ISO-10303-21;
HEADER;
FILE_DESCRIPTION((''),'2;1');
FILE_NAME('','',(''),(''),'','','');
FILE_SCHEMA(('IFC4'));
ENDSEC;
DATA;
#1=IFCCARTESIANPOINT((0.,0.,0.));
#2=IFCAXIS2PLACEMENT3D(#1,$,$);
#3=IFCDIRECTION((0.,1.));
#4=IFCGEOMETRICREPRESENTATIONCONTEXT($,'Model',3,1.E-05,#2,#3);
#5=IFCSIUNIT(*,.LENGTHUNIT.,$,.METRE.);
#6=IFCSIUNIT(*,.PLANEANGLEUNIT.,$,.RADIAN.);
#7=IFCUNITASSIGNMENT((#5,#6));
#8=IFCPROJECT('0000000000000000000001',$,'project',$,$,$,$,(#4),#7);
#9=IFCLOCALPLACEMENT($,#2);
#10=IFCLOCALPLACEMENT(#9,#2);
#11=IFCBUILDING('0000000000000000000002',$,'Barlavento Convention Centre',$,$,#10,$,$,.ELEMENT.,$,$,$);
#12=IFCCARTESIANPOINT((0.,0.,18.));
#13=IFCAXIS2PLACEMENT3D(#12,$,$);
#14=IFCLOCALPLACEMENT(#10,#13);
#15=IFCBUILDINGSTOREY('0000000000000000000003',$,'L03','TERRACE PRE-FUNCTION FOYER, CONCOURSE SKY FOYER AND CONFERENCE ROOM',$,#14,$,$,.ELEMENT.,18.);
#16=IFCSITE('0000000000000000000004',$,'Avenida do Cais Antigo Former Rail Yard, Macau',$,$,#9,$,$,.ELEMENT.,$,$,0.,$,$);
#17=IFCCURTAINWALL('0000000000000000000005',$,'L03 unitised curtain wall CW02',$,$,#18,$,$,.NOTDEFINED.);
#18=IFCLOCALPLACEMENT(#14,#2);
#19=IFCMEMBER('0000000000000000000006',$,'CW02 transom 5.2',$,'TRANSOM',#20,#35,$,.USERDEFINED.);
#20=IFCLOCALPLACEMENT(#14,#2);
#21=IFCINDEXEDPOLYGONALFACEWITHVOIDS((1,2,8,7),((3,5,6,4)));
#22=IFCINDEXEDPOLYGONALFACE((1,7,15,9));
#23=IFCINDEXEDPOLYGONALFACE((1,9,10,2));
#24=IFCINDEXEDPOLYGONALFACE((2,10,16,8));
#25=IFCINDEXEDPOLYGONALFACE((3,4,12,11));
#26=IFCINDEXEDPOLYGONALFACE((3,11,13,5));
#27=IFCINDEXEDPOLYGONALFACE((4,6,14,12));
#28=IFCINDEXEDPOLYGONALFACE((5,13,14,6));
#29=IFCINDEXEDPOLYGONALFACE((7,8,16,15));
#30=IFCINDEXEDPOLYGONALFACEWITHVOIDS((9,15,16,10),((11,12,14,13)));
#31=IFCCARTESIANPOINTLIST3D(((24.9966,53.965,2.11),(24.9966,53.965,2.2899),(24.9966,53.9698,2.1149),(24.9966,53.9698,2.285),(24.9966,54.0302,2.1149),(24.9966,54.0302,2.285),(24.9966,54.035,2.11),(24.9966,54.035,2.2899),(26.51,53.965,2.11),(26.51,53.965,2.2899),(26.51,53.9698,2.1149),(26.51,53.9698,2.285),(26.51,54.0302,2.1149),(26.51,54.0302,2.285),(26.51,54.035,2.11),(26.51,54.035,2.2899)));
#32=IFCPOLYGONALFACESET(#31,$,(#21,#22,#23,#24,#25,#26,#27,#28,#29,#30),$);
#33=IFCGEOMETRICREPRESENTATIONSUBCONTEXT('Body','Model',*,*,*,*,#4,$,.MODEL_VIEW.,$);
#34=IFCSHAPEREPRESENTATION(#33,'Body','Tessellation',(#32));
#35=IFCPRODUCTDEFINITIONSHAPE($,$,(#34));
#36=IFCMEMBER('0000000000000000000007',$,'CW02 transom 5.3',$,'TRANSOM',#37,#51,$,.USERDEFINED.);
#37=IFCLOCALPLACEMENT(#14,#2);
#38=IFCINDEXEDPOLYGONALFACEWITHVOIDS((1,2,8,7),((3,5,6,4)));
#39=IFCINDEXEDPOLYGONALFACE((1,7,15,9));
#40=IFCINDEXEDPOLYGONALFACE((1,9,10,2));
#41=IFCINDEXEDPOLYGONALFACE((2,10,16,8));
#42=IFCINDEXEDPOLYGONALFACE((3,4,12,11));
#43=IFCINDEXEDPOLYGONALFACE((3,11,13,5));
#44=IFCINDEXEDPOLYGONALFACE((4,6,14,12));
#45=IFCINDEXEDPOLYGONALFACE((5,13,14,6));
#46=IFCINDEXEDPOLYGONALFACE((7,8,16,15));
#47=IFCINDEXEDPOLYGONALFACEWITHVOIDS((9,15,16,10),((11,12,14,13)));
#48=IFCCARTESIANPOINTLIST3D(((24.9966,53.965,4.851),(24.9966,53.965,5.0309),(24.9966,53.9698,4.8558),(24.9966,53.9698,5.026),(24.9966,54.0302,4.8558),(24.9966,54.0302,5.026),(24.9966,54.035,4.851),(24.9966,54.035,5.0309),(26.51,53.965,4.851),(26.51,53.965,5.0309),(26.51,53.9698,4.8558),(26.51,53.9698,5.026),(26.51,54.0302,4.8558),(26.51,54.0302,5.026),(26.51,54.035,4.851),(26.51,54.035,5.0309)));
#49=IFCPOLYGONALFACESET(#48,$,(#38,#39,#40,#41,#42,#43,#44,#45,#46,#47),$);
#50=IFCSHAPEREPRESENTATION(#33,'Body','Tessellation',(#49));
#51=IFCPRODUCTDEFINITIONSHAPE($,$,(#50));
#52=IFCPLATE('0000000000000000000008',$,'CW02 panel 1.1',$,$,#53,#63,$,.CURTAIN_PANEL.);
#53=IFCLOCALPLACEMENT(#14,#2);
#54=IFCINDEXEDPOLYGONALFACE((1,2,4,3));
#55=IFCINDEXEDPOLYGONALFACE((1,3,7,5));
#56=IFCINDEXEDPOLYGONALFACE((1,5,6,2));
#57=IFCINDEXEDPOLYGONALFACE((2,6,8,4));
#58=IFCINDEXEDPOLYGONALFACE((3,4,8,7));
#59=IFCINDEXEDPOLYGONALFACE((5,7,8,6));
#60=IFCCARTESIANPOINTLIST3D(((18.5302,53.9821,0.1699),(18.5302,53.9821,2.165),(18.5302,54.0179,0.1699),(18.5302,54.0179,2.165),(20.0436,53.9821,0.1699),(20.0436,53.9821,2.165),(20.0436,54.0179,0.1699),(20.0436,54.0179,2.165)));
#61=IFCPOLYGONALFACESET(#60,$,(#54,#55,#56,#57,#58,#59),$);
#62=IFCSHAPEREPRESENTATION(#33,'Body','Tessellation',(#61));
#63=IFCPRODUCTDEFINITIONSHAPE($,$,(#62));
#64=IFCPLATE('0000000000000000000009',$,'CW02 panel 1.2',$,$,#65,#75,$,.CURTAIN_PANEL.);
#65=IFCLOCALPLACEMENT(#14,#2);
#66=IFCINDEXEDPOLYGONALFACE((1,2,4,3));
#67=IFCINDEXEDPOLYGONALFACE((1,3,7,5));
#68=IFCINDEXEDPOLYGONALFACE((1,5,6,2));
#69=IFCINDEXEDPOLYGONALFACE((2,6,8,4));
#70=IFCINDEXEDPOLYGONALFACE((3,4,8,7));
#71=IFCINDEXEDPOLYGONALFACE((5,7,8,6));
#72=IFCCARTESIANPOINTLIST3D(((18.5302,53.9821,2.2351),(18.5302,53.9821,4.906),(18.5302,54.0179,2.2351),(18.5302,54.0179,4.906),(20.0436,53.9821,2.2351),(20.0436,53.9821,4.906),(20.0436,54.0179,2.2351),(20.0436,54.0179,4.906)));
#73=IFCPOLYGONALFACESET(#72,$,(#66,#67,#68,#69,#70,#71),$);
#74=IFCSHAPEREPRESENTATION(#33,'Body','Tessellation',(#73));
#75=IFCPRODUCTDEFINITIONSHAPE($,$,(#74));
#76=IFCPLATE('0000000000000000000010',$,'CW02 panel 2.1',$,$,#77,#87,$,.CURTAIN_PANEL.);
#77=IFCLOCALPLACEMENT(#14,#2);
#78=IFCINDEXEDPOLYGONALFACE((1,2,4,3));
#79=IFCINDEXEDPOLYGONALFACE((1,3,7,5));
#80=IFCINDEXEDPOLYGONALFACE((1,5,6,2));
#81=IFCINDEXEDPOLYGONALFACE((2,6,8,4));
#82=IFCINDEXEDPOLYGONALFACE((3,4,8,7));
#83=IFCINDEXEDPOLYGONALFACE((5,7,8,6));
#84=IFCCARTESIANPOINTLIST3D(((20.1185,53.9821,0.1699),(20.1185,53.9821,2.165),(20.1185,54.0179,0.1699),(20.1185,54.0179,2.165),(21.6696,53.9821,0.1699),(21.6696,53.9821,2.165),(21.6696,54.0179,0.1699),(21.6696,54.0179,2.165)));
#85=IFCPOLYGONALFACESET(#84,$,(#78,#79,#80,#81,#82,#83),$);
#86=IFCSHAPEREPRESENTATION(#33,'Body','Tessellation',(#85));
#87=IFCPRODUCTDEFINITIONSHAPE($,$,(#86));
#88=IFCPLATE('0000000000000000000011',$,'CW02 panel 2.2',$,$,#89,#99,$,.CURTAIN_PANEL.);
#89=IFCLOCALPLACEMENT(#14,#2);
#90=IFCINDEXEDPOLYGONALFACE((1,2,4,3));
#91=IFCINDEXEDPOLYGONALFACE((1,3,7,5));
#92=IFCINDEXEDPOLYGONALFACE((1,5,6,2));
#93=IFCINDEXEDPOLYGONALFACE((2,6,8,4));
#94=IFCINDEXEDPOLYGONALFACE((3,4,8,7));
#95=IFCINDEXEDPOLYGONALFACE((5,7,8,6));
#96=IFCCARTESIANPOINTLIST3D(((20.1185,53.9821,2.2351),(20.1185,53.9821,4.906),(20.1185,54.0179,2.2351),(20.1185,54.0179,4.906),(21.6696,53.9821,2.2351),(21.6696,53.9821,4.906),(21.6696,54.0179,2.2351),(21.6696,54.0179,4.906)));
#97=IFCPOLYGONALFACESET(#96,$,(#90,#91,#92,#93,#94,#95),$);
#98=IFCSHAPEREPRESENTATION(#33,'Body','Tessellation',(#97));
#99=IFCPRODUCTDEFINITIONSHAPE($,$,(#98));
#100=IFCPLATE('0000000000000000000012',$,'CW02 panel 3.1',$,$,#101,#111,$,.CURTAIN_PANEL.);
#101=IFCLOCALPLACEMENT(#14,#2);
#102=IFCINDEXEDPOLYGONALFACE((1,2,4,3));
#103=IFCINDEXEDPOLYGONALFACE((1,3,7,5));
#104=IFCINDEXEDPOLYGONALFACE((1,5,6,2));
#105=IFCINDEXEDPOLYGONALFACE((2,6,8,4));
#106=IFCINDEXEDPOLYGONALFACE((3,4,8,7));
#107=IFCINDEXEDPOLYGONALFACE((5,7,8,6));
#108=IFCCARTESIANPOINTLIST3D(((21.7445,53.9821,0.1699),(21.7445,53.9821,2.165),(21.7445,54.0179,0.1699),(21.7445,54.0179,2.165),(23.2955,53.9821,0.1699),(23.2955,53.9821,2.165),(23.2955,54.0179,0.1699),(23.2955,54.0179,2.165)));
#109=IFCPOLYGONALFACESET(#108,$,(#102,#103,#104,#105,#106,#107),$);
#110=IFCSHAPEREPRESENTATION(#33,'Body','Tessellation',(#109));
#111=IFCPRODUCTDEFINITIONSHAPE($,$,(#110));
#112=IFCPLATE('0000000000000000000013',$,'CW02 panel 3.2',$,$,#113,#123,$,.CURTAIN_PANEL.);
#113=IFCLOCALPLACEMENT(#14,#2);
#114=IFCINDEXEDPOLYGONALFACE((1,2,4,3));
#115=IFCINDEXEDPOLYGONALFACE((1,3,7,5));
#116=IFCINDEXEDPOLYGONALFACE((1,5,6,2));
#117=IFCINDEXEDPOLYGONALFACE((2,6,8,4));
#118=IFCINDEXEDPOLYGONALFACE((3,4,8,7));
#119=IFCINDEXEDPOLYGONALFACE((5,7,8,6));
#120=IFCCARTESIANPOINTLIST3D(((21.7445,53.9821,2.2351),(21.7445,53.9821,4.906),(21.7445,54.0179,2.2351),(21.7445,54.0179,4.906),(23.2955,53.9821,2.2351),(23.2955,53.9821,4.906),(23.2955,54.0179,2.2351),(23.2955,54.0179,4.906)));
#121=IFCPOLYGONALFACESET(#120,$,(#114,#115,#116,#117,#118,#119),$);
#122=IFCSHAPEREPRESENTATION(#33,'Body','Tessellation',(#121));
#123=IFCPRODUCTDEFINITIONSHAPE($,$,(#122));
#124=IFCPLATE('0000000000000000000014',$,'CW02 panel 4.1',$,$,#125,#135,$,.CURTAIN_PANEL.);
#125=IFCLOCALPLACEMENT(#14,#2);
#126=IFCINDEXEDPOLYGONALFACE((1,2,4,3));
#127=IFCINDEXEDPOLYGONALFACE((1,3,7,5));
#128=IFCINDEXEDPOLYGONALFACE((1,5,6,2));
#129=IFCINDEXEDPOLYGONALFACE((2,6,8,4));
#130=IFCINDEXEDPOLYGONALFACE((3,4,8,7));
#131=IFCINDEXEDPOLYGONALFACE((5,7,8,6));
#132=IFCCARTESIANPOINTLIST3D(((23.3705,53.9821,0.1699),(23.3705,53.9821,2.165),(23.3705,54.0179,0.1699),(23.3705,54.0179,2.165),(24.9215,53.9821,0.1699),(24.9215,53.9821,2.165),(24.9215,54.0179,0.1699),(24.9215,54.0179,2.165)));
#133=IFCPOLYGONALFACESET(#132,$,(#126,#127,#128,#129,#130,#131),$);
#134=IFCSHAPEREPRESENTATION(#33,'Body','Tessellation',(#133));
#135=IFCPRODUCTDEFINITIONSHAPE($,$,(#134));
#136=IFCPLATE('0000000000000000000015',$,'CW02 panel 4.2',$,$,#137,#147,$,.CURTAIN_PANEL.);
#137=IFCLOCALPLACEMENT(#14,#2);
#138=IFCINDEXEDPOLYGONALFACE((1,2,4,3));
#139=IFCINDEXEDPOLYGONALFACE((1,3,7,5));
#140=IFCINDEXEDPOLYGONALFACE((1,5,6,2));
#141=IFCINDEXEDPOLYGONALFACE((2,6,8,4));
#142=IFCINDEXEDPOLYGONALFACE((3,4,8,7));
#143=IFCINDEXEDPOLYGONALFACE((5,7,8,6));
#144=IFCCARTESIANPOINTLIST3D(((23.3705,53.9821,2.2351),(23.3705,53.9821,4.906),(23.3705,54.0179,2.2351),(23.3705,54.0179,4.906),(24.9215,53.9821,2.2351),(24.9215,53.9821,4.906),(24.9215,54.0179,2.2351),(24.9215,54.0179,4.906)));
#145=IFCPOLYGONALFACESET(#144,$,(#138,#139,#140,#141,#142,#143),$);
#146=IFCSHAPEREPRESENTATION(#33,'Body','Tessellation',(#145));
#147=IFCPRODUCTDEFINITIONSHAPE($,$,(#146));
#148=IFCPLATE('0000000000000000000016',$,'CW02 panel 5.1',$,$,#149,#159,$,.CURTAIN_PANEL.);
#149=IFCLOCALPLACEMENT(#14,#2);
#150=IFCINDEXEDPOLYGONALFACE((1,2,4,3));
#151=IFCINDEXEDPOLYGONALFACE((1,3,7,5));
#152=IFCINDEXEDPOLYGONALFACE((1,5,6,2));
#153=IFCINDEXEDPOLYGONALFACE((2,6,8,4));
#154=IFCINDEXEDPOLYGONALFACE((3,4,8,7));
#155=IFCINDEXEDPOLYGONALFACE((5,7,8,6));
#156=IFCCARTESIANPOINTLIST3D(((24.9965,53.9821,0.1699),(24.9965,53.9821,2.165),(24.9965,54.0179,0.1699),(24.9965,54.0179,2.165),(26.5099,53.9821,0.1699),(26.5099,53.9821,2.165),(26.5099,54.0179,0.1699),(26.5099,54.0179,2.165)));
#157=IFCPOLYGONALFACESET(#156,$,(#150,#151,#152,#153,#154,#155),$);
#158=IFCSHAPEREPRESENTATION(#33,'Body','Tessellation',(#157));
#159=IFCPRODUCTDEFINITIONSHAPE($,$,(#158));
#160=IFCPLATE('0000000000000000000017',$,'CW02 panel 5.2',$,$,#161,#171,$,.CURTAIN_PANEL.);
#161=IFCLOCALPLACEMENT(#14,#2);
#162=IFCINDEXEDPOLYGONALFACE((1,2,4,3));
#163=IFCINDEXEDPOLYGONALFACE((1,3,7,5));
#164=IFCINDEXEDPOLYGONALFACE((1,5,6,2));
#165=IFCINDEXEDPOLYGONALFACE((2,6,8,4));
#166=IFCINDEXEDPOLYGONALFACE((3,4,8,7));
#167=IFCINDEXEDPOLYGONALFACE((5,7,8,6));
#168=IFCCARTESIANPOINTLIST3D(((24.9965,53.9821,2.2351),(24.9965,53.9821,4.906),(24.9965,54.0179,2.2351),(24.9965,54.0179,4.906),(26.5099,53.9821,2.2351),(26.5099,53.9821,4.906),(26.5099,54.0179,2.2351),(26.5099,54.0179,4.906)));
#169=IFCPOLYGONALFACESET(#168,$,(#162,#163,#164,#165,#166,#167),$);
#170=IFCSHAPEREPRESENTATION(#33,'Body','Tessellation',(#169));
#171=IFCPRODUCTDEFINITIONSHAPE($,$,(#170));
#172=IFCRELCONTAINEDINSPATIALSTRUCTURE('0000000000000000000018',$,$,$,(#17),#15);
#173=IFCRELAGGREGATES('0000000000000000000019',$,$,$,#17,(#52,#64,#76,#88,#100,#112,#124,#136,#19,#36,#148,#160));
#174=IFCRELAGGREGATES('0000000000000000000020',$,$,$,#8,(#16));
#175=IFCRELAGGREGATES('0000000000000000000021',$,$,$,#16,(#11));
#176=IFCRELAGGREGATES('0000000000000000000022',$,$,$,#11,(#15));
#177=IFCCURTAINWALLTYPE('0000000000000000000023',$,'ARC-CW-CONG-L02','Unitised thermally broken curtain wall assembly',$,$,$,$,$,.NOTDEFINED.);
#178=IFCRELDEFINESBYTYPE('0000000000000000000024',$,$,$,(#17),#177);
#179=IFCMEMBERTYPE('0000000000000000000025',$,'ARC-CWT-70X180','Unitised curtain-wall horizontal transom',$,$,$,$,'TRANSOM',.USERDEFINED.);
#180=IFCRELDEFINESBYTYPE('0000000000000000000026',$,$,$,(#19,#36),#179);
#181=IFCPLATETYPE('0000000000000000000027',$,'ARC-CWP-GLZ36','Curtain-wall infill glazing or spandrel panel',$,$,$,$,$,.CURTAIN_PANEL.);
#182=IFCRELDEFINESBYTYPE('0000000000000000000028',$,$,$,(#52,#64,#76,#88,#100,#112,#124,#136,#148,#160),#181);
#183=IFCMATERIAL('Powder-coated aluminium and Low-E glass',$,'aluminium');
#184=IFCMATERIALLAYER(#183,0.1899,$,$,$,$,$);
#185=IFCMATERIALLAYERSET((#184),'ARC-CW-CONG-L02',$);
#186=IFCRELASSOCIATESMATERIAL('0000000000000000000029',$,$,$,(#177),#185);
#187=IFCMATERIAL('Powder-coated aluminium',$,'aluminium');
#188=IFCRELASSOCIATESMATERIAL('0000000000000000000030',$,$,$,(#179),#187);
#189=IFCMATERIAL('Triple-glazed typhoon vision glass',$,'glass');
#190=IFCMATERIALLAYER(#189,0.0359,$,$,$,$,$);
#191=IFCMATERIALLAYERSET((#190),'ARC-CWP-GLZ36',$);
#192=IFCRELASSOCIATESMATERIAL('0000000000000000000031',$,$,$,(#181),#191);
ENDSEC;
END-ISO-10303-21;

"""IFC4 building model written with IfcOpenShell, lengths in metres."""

from ifc_helpers import new_model, si_unit, direction, frame, origin, origin_2d, place, context, subcontext, project, spatial, rectangle, hollow_rectangle, extrude, material, layer, layer_set, material_profile, profile_set, type_object, element, aggregate, save


model = new_model("IFC4")

# Units and contexts
model_context = context("Model", 3, precision=1e-05, world=origin(), true_north=direction((0.0, 1.0)))
body_context = subcontext(model_context, "Body", "Model", "MODEL_VIEW")
ifc_project = project(units=[si_unit("LENGTHUNIT", "METRE"), si_unit("PLANEANGLEUNIT", "RADIAN")], contexts=[model_context])

# Site, building, storey
site_placement = place(None, origin())
site = spatial("IfcSite", under=ifc_project, at=site_placement, Name="Avenida do Cais Antigo Former Rail Yard, Macau", CompositionType="ELEMENT", RefElevation=0.0)
building_placement = place(site_placement, origin())
building = spatial("IfcBuilding", under=site, at=building_placement, Name="Barlavento Convention Centre", CompositionType="ELEMENT")
storey_placement = place(building_placement, frame((0.0, 0.0, 18.0)))
storey = spatial("IfcBuildingStorey", under=building, at=storey_placement, Name="L03", Description="TERRACE PRE-FUNCTION FOYER, CONCOURSE SKY FOYER AND CONFERENCE ROOM", CompositionType="ELEMENT", Elevation=18.0)

# Curtain wall, members, plates
ifc_material_1 = material(Name="Powder-coated aluminium and Low-E glass", Category="aluminium")
ifc_layer_1 = layer(ifc_material_1, 0.1899)
ifc_layer_set_1 = layer_set([ifc_layer_1], Name="ARC-CW-CONG-L02")
curtain_wall_type = type_object("IfcCurtainWallType", Name="ARC-CW-CONG-L02", Description="Unitised thermally broken curtain wall assembly", PredefinedType="NOTDEFINED", material=ifc_layer_set_1)
curtain_wall_placement = place(storey_placement, origin())
curtain_wall = element("IfcCurtainWall", 1, at=curtain_wall_placement, inside=storey, type_object=curtain_wall_type, Name="L03 unitised curtain wall CW02", PredefinedType="NOTDEFINED")
ifc_material_2 = material(Name="Powder-coated aluminium", Category="aluminium")
ifc_material_profile_1 = material_profile(ifc_material_2, hollow_rectangle(XDim=0.0701, YDim=0.1799, WallThickness=0.0049, at=origin_2d()), Name="AL-TRAN 70x180x5")
ifc_profile_set_1 = profile_set([ifc_material_profile_1], Name="Powder-coated aluminium")
member_type_1 = type_object("IfcMemberType", Name="ARC-CWT-70X180", Description="Unitised curtain-wall horizontal transom", ElementType="TRANSOM", PredefinedType="USERDEFINED", material=ifc_profile_set_1)
member_1_placement = place(storey_placement, frame((24.9966, 54.0, 2.2), z_axis=(1.0, 0.0, 0.0), x_axis=(0.0, 1.0, 0.0)))
member_1 = element("IfcMember", 2, at=member_1_placement, type_object=member_type_1, Name="CW02 transom 5.2", ObjectType="TRANSOM", PredefinedType="USERDEFINED", context=body_context, shape_type="SweptSolid", body=[
    extrude(hollow_rectangle(XDim=0.0701, YDim=0.1799, WallThickness=0.0049, at=origin_2d()), origin(), (0.0, 0.0, 1.0), 1.5134),
])
member_2_placement = place(storey_placement, frame((24.9966, 54.0, 4.9409), z_axis=(1.0, 0.0, 0.0), x_axis=(0.0, 1.0, 0.0)))
member_2 = element("IfcMember", 3, at=member_2_placement, type_object=member_type_1, Name="CW02 transom 5.3", ObjectType="TRANSOM", PredefinedType="USERDEFINED", context=body_context, shape_type="SweptSolid", body=[
    extrude(hollow_rectangle(XDim=0.0701, YDim=0.1799, WallThickness=0.0049, at=origin_2d()), origin(), (0.0, 0.0, 1.0), 1.5134),
])
ifc_material_3 = material(Name="Triple-glazed typhoon vision glass", Category="glass")
ifc_layer_2 = layer(ifc_material_3, 0.0359)
ifc_layer_set_2 = layer_set([ifc_layer_2], Name="ARC-CWP-GLZ36")
plate_type = type_object("IfcPlateType", Name="ARC-CWP-GLZ36", Description="Curtain-wall infill glazing or spandrel panel", PredefinedType="CURTAIN_PANEL", material=ifc_layer_set_2)
plate_1_placement = place(storey_placement, frame((19.2869, 54.0, 0.1699), z_axis=(0.0, 0.0, 1.0), x_axis=(1.0, 0.0, 0.0)))
plate_1 = element("IfcPlate", 4, at=plate_1_placement, type_object=plate_type, Name="CW02 panel 1.1", PredefinedType="CURTAIN_PANEL", context=body_context, shape_type="SweptSolid", body=[
    extrude(rectangle(XDim=1.5134, YDim=0.0359, at=origin_2d()), origin(), (0.0, 0.0, 1.0), 1.9951),
])
plate_2_placement = place(storey_placement, frame((19.2869, 54.0, 2.2351), z_axis=(0.0, 0.0, 1.0), x_axis=(1.0, 0.0, 0.0)))
plate_2 = element("IfcPlate", 5, at=plate_2_placement, type_object=plate_type, Name="CW02 panel 1.2", PredefinedType="CURTAIN_PANEL", context=body_context, shape_type="SweptSolid", body=[
    extrude(rectangle(XDim=1.5134, YDim=0.0359, at=origin_2d()), origin(), (0.0, 0.0, 1.0), 2.6709),
])
plate_3_placement = place(storey_placement, frame((20.894, 54.0, 0.1699), z_axis=(0.0, 0.0, 1.0), x_axis=(1.0, 0.0, 0.0)))
plate_3 = element("IfcPlate", 6, at=plate_3_placement, type_object=plate_type, Name="CW02 panel 2.1", PredefinedType="CURTAIN_PANEL", context=body_context, shape_type="SweptSolid", body=[
    extrude(rectangle(XDim=1.551, YDim=0.0359, at=origin_2d()), origin(), (0.0, 0.0, 1.0), 1.9951),
])
plate_4_placement = place(storey_placement, frame((20.894, 54.0, 2.2351), z_axis=(0.0, 0.0, 1.0), x_axis=(1.0, 0.0, 0.0)))
plate_4 = element("IfcPlate", 7, at=plate_4_placement, type_object=plate_type, Name="CW02 panel 2.2", PredefinedType="CURTAIN_PANEL", context=body_context, shape_type="SweptSolid", body=[
    extrude(rectangle(XDim=1.551, YDim=0.0359, at=origin_2d()), origin(), (0.0, 0.0, 1.0), 2.6709),
])
plate_5_placement = place(storey_placement, frame((22.52, 54.0, 0.1699), z_axis=(0.0, 0.0, 1.0), x_axis=(1.0, 0.0, 0.0)))
plate_5 = element("IfcPlate", 8, at=plate_5_placement, type_object=plate_type, Name="CW02 panel 3.1", PredefinedType="CURTAIN_PANEL", context=body_context, shape_type="SweptSolid", body=[
    extrude(rectangle(XDim=1.551, YDim=0.0359, at=origin_2d()), origin(), (0.0, 0.0, 1.0), 1.9951),
])
plate_6_placement = place(storey_placement, frame((22.52, 54.0, 2.2351), z_axis=(0.0, 0.0, 1.0), x_axis=(1.0, 0.0, 0.0)))
plate_6 = element("IfcPlate", 9, at=plate_6_placement, type_object=plate_type, Name="CW02 panel 3.2", PredefinedType="CURTAIN_PANEL", context=body_context, shape_type="SweptSolid", body=[
    extrude(rectangle(XDim=1.551, YDim=0.0359, at=origin_2d()), origin(), (0.0, 0.0, 1.0), 2.6709),
])
plate_7_placement = place(storey_placement, frame((24.146, 54.0, 0.1699), z_axis=(0.0, 0.0, 1.0), x_axis=(1.0, 0.0, 0.0)))
plate_7 = element("IfcPlate", 10, at=plate_7_placement, type_object=plate_type, Name="CW02 panel 4.1", PredefinedType="CURTAIN_PANEL", context=body_context, shape_type="SweptSolid", body=[
    extrude(rectangle(XDim=1.551, YDim=0.0359, at=origin_2d()), origin(), (0.0, 0.0, 1.0), 1.9951),
])
plate_8_placement = place(storey_placement, frame((24.146, 54.0, 2.2351), z_axis=(0.0, 0.0, 1.0), x_axis=(1.0, 0.0, 0.0)))
plate_8 = element("IfcPlate", 11, at=plate_8_placement, type_object=plate_type, Name="CW02 panel 4.2", PredefinedType="CURTAIN_PANEL", context=body_context, shape_type="SweptSolid", body=[
    extrude(rectangle(XDim=1.551, YDim=0.0359, at=origin_2d()), origin(), (0.0, 0.0, 1.0), 2.6709),
])
plate_9_placement = place(storey_placement, frame((25.7532, 54.0, 0.1699), z_axis=(0.0, 0.0, 1.0), x_axis=(1.0, 0.0, 0.0)))
plate_9 = element("IfcPlate", 12, at=plate_9_placement, type_object=plate_type, Name="CW02 panel 5.1", PredefinedType="CURTAIN_PANEL", context=body_context, shape_type="SweptSolid", body=[
    extrude(rectangle(XDim=1.5134, YDim=0.0359, at=origin_2d()), origin(), (0.0, 0.0, 1.0), 1.9951),
])
plate_10_placement = place(storey_placement, frame((25.7532, 54.0, 2.2351), z_axis=(0.0, 0.0, 1.0), x_axis=(1.0, 0.0, 0.0)))
plate_10 = element("IfcPlate", 13, at=plate_10_placement, type_object=plate_type, Name="CW02 panel 5.2", PredefinedType="CURTAIN_PANEL", context=body_context, shape_type="SweptSolid", body=[
    extrude(rectangle(XDim=1.5134, YDim=0.0359, at=origin_2d()), origin(), (0.0, 0.0, 1.0), 2.6709),
])
aggregate(curtain_wall, [plate_1, plate_2, plate_3, plate_4, plate_5, plate_6, plate_7, plate_8, member_1, member_2, plate_9, plate_10])

save(model, "model.ifc")
